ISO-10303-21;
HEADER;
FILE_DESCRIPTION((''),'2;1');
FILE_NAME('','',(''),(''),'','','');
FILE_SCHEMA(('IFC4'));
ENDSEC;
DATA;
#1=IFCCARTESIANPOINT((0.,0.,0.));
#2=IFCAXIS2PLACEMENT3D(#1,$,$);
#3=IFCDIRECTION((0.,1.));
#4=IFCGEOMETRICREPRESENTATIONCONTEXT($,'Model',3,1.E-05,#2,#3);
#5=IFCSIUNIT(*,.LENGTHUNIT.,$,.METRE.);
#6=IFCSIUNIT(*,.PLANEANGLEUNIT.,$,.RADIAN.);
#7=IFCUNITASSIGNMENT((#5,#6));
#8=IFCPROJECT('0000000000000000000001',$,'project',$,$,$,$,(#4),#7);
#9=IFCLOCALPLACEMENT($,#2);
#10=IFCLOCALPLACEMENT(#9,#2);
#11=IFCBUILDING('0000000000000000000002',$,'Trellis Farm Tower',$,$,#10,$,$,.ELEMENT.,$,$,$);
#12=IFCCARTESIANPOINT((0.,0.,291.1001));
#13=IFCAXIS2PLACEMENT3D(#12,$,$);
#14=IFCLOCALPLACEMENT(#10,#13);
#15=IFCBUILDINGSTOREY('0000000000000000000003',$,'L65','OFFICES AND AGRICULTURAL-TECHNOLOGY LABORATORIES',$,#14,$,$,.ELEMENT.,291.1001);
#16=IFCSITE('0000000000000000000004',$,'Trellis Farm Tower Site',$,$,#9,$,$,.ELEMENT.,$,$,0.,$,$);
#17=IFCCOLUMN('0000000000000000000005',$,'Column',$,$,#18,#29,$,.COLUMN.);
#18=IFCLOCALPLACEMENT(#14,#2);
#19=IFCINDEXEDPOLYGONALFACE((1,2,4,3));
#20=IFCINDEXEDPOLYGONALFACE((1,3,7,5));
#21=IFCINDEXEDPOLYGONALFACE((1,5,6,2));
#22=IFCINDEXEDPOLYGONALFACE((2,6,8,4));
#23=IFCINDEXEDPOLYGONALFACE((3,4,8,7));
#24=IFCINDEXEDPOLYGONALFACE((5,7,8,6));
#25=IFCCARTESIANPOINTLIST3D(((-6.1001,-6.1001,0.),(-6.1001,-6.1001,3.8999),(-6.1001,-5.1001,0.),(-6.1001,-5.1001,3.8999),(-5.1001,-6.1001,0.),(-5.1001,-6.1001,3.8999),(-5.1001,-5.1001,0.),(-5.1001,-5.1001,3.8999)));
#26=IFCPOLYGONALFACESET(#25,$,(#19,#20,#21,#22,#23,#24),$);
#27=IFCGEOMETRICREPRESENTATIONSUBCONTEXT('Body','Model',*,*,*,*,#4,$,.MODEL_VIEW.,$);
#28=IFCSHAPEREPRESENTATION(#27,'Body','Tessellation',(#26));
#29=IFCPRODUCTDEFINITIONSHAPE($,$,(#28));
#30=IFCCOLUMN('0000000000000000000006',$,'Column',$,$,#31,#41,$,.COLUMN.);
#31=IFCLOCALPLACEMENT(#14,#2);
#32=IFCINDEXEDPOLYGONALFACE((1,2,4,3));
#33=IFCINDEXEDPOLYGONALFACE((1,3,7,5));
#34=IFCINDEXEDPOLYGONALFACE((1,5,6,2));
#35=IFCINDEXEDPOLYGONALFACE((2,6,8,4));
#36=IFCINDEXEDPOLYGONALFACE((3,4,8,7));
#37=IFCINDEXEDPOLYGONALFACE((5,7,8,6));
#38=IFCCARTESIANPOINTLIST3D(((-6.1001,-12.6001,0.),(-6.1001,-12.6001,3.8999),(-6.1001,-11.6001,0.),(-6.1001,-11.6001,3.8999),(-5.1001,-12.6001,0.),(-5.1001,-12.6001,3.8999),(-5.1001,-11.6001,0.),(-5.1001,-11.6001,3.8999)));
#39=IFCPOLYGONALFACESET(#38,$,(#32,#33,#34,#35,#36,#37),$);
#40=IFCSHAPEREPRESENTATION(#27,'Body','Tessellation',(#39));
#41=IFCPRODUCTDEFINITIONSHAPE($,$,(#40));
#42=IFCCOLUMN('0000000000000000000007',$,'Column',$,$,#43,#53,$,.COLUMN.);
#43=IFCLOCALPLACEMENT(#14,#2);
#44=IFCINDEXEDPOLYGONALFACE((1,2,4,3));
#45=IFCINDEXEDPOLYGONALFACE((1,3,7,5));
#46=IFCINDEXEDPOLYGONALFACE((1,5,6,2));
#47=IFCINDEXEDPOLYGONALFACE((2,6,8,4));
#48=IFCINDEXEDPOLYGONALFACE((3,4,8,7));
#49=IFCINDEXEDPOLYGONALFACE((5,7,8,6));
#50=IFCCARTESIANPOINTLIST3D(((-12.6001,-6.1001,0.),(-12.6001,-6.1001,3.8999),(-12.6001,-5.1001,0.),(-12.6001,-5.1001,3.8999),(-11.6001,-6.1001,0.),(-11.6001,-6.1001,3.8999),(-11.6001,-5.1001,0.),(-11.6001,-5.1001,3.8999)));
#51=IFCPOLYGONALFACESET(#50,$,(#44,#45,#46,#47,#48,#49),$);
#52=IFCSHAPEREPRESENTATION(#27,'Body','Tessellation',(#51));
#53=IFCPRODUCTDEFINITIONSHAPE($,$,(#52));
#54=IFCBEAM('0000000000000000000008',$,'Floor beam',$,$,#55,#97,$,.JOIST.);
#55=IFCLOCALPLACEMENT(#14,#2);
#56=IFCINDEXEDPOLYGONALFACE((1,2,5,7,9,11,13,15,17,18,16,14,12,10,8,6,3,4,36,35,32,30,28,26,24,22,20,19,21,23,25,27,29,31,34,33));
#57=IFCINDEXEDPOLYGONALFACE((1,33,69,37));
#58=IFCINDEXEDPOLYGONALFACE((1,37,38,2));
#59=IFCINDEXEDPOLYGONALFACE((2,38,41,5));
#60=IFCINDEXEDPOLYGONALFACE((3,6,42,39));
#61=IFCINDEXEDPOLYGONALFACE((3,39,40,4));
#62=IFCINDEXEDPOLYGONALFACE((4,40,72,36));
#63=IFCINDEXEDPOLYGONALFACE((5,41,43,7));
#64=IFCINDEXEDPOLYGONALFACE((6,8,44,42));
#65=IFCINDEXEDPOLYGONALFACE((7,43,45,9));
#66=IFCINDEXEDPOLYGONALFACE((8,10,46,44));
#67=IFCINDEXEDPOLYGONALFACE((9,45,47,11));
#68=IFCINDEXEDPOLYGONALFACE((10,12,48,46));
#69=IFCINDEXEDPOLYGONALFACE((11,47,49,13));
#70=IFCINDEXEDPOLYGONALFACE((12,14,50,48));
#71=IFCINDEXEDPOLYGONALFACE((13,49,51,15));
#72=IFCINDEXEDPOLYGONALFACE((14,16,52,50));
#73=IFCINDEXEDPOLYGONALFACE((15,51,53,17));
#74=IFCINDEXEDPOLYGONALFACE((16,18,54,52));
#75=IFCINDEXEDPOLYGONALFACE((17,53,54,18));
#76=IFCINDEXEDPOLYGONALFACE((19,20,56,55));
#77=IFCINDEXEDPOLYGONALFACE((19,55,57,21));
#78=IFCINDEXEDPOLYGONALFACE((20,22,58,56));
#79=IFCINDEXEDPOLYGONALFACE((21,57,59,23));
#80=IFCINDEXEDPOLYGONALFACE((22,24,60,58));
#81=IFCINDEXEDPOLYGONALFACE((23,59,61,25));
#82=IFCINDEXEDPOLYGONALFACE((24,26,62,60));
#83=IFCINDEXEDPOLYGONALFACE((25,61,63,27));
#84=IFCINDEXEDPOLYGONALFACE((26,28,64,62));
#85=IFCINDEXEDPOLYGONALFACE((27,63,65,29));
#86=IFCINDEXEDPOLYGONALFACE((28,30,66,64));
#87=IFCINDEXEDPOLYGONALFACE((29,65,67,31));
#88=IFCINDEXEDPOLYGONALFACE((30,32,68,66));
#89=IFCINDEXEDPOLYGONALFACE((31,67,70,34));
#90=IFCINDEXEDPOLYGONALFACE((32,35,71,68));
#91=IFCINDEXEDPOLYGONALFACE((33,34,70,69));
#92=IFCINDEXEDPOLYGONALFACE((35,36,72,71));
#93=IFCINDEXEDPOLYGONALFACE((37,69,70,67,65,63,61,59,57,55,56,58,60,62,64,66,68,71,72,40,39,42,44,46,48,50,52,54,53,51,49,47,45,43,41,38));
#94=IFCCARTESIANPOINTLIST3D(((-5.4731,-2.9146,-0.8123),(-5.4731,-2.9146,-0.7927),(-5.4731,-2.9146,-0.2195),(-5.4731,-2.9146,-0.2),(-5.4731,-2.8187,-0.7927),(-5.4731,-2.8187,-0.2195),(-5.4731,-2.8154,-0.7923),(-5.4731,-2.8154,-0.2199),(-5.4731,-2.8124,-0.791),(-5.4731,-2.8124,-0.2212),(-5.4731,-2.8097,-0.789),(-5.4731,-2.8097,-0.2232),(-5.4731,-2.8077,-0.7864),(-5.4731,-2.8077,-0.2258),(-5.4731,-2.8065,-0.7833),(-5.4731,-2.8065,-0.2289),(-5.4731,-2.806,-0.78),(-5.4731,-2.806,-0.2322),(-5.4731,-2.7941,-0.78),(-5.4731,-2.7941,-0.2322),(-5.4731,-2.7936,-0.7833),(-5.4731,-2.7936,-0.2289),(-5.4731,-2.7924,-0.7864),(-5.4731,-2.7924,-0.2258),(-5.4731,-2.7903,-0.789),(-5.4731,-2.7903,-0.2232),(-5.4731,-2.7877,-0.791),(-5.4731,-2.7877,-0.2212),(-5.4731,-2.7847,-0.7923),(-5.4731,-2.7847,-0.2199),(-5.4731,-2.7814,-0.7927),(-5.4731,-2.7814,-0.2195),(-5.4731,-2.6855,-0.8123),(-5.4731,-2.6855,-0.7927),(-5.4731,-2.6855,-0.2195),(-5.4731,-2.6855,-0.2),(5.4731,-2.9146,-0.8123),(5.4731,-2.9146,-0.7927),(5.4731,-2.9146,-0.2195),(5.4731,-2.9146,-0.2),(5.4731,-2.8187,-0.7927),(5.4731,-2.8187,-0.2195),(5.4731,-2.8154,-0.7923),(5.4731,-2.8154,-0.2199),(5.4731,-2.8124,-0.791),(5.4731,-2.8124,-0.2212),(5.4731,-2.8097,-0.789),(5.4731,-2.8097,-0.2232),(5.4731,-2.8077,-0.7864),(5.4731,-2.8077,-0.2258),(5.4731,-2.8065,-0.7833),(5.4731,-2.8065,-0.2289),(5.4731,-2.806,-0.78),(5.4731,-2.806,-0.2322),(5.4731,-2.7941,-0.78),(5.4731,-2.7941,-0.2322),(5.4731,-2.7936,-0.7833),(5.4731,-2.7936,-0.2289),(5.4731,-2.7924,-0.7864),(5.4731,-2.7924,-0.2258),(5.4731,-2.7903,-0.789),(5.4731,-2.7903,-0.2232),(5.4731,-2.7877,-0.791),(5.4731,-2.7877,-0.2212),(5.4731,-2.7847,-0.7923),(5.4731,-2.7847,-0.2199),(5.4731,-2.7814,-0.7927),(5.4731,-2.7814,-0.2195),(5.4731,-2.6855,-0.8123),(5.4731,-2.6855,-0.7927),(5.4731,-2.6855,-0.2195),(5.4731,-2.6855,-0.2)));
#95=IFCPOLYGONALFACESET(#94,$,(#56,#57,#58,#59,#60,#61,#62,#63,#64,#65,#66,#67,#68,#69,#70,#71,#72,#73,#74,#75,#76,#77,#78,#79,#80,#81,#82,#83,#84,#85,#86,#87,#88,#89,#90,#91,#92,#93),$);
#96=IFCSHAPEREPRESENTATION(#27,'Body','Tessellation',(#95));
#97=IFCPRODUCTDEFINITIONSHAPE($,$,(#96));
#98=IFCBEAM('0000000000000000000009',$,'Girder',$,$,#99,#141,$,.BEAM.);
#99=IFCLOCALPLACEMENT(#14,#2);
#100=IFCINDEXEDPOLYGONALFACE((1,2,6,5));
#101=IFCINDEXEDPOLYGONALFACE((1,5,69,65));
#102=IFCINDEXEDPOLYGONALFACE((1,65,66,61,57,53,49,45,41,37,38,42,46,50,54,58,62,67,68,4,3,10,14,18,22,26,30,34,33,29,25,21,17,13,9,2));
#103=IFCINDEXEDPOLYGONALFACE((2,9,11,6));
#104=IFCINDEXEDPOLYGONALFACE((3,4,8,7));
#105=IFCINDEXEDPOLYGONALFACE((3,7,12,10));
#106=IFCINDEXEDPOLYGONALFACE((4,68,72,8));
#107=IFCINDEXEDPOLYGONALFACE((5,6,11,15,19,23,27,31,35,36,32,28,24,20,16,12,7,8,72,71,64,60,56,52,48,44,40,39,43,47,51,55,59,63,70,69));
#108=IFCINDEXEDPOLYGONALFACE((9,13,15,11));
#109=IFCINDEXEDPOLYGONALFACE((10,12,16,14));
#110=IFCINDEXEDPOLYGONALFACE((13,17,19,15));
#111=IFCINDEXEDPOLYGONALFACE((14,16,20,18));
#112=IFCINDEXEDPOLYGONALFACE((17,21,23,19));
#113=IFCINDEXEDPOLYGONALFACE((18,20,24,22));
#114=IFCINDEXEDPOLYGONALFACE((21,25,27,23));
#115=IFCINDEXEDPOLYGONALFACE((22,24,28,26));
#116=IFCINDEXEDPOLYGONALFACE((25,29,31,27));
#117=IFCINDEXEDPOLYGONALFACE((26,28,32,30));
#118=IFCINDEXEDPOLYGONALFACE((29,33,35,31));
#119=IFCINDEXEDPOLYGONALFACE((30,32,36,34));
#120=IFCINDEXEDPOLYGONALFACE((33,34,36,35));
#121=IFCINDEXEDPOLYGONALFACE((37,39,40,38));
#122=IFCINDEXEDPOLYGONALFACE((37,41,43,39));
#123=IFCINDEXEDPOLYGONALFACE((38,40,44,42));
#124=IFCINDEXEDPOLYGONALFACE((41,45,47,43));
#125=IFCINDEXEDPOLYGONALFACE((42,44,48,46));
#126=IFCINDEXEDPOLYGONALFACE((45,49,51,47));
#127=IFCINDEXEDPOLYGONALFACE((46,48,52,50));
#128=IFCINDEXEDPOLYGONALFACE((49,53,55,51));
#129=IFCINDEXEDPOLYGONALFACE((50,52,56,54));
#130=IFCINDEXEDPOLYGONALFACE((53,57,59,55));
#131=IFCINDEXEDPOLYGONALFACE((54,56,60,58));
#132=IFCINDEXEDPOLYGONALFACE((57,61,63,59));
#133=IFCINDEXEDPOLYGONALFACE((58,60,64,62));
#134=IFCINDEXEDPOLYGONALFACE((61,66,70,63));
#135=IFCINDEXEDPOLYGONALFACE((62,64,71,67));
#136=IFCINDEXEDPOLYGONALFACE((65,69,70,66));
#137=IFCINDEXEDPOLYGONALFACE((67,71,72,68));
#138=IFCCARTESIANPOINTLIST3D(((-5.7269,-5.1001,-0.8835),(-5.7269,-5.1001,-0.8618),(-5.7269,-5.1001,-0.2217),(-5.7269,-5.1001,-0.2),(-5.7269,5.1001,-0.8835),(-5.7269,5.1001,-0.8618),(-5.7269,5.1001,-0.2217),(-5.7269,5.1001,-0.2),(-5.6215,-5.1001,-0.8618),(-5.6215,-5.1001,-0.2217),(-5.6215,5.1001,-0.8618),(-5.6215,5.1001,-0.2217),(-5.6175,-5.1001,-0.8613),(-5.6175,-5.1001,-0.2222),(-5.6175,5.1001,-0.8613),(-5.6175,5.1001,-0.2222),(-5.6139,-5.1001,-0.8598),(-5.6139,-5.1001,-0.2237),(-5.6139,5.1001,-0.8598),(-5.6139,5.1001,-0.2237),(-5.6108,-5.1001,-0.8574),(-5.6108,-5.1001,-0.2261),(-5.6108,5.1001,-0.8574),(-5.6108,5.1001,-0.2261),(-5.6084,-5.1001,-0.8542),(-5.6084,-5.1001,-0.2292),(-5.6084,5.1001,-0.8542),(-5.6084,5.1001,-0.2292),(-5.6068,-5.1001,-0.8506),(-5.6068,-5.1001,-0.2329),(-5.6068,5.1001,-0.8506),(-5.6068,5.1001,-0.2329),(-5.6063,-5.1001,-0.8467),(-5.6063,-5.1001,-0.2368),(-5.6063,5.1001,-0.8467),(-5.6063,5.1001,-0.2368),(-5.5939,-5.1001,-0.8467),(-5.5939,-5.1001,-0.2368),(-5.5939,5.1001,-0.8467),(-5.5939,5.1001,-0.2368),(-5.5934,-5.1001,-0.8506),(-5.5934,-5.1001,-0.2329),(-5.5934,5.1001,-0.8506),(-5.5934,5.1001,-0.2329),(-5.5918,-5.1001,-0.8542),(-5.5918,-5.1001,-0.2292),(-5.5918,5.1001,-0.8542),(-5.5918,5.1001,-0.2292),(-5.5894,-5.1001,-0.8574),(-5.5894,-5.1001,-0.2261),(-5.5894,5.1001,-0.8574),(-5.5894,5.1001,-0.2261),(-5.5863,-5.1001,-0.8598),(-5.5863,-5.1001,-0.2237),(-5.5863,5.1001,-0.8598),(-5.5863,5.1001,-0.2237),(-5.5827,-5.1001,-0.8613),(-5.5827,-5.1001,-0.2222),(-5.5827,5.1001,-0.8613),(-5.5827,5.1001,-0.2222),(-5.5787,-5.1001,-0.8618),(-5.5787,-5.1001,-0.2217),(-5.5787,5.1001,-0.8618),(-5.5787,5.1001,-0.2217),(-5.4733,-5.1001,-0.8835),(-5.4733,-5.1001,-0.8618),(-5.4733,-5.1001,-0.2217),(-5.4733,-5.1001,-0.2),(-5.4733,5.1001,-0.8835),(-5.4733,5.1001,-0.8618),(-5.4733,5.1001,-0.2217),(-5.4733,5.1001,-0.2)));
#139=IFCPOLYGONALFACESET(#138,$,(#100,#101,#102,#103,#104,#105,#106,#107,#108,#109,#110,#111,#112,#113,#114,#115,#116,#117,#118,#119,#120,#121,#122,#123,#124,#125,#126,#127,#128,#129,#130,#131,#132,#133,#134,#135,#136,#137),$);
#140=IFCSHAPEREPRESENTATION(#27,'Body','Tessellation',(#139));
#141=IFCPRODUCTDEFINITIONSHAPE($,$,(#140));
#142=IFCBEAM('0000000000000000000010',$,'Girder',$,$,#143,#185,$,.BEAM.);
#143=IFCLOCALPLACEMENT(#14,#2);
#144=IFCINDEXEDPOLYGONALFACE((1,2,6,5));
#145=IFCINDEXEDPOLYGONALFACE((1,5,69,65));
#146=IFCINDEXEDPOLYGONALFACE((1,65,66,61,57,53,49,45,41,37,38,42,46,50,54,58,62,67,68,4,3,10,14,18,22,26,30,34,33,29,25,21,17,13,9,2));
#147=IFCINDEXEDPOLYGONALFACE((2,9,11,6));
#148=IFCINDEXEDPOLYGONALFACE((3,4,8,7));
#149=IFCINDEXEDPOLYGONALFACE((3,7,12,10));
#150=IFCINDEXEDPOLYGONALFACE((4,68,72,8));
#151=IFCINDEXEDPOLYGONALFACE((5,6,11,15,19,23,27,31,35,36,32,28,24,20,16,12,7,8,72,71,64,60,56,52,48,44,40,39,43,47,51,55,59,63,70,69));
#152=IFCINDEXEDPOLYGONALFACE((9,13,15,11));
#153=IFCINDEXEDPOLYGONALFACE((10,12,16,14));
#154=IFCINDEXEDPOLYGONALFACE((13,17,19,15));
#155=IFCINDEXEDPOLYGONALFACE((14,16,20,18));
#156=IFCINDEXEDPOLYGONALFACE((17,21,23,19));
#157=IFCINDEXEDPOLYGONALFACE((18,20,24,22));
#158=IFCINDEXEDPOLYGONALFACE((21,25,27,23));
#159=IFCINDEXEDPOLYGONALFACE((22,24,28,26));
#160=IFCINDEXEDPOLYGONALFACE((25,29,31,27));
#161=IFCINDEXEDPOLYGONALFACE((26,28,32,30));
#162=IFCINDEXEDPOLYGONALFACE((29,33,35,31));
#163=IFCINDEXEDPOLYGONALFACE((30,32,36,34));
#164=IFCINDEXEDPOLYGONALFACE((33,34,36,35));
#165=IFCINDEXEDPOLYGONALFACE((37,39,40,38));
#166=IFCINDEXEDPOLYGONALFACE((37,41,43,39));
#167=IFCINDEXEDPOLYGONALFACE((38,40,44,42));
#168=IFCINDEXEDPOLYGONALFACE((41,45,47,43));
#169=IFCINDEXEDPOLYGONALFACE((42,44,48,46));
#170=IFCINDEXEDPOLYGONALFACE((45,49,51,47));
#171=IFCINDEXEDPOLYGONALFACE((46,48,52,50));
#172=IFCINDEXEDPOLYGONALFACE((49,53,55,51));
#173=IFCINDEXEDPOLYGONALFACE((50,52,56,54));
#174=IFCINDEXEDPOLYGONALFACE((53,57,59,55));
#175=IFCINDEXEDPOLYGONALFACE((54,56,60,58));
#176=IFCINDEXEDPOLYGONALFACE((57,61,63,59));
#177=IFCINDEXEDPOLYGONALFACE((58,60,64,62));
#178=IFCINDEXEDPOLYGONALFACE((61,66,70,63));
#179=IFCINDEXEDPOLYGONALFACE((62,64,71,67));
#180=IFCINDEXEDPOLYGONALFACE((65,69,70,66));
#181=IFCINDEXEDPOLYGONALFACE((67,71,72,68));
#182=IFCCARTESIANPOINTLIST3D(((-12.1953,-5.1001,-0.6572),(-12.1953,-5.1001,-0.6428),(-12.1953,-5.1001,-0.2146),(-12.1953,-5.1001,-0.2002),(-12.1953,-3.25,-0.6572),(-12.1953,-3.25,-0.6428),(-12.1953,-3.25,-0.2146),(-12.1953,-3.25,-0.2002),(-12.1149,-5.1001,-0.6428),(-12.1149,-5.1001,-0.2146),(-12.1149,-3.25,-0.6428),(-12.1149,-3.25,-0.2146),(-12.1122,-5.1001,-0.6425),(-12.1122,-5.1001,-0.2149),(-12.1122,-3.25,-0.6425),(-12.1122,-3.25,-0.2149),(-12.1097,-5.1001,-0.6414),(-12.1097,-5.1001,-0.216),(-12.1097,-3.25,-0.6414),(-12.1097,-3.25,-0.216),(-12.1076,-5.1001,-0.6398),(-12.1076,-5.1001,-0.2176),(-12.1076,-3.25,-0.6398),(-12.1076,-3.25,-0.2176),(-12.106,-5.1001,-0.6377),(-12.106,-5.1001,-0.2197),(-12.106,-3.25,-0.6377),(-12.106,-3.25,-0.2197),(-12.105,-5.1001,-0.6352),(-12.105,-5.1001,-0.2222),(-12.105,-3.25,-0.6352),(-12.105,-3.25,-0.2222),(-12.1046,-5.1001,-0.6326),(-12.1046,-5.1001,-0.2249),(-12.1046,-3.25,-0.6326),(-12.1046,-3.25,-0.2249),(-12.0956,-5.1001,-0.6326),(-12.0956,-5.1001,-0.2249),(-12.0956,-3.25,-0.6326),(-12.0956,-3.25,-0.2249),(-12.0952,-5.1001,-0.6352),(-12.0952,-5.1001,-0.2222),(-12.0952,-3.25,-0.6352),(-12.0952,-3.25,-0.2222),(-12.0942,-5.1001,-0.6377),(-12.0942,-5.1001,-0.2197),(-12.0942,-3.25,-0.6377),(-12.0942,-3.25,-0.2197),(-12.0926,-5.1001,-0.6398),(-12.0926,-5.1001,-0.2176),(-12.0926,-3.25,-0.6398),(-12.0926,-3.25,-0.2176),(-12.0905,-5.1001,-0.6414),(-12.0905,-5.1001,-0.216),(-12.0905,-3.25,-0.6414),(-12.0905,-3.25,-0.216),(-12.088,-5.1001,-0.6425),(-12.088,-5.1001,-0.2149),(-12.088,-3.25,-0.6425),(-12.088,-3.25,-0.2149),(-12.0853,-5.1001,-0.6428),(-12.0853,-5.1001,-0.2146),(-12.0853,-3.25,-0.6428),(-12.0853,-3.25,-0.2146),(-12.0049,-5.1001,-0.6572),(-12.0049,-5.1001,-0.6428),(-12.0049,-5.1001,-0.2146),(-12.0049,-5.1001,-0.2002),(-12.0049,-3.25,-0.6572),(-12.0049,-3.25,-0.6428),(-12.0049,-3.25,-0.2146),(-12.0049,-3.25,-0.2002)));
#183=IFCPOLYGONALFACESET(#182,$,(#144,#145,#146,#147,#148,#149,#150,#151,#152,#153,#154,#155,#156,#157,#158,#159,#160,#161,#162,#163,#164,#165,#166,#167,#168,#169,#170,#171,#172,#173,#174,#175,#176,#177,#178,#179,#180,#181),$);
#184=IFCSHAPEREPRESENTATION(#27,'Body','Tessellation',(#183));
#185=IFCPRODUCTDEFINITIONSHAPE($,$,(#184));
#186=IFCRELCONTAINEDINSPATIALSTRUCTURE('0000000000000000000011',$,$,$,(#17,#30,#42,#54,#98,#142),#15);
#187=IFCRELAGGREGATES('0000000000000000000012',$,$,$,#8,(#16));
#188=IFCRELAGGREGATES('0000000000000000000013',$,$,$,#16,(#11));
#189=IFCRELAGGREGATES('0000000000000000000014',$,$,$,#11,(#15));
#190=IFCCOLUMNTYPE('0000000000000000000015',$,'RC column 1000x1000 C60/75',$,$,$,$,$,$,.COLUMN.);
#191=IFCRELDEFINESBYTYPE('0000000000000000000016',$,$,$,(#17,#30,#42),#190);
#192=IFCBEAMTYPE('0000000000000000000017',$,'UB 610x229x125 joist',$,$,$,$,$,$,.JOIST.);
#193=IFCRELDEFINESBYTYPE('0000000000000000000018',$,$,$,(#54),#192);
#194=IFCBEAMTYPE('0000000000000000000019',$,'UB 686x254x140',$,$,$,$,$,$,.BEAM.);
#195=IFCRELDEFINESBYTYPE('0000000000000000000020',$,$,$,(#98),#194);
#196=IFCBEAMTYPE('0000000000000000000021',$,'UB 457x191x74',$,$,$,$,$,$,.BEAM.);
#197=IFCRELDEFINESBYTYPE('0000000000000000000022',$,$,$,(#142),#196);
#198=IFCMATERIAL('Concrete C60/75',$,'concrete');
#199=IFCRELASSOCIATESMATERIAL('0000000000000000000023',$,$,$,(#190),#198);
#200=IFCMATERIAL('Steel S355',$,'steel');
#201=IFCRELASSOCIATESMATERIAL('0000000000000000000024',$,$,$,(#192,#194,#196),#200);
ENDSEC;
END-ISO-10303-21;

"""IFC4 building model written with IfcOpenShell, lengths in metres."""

from ifc_helpers import new_model, si_unit, direction, frame, origin, origin_2d, place, context, subcontext, project, spatial, rectangle, i_section, extrude, source, transform, mapped, material, material_profile, profile_set, type_object, element, save


model = new_model("IFC4")

# Units and contexts
model_context = context("Model", 3, precision=1e-05, world=origin(), true_north=direction((0.0, 1.0)))
body_context = subcontext(model_context, "Body", "Model", "MODEL_VIEW")
ifc_project = project(units=[si_unit("LENGTHUNIT", "METRE"), si_unit("PLANEANGLEUNIT", "RADIAN")], contexts=[model_context])

# Site, building, storey
site_placement = place(None, origin())
site = spatial("IfcSite", under=ifc_project, at=site_placement, Name="Trellis Farm Tower Site", CompositionType="ELEMENT", RefElevation=0.0)
building_placement = place(site_placement, origin())
building = spatial("IfcBuilding", under=site, at=building_placement, Name="Trellis Farm Tower", CompositionType="ELEMENT")
storey_placement = place(building_placement, frame((0.0, 0.0, 291.1001)))
storey = spatial("IfcBuildingStorey", under=building, at=storey_placement, Name="L65", Description="OFFICES AND AGRICULTURAL-TECHNOLOGY LABORATORIES", CompositionType="ELEMENT", Elevation=291.1001)

# Columns
ifc_material_1 = material(Name="Concrete C60/75", Category="concrete")
ifc_material_profile_1 = material_profile(ifc_material_1, rectangle(XDim=1.0, YDim=1.0, at=origin_2d()), Name="RC column 1000x1000 C60/75")
ifc_profile_set_1 = profile_set([ifc_material_profile_1], Name="Concrete C60/75")
column_type = type_object("IfcColumnType", Name="RC column 1000x1000 C60/75", PredefinedType="COLUMN", material=ifc_profile_set_1)
shared_shape_1 = source(origin(), body_context, "Body", "SweptSolid", [
    extrude(rectangle(XDim=1.0, YDim=1.0, at=origin_2d()), origin(), (0.0, 0.0, 1.0), 3.8999),
])
for number, where, z_axis, x_axis, name in (
    (1, (-5.6001, -5.6001, 0.0), (0.0, 0.0, 1.0), (1.0, 0.0, 0.0), "Column"),
    (2, (-5.6001, -12.1001, 0.0), (0.0, 0.0, 1.0), (1.0, 0.0, 0.0), "Column"),
    (3, (-12.1001, -5.6001, 0.0), (0.0, 0.0, 1.0), (1.0, 0.0, 0.0), "Column"),
):
    element("IfcColumn", number, at=place(storey_placement, frame(where, z_axis=z_axis, x_axis=x_axis)), inside=storey, type_object=column_type, Name=name, PredefinedType="COLUMN", context=body_context, shape_type="MappedRepresentation", body=[
        mapped(shared_shape_1, transform((0.0, 0.0, 0.0))),
    ])

# Beams
ifc_material_2 = material(Name="Steel S355", Category="steel")
ifc_material_profile_2 = material_profile(ifc_material_2, i_section(OverallWidth=0.229, OverallDepth=0.6123, WebThickness=0.012, FlangeThickness=0.0195, FilletRadius=0.0127, at=origin_2d()), Name="UB 610x229x125")
ifc_profile_set_2 = profile_set([ifc_material_profile_2], Name="Steel S355")
beam_type_1 = type_object("IfcBeamType", Name="UB 610x229x125 joist", PredefinedType="JOIST", material=ifc_profile_set_2)
shared_shape_2 = source(origin(), body_context, "Body", "SweptSolid", [
    extrude(i_section(OverallWidth=0.229, OverallDepth=0.6123, WebThickness=0.012, FlangeThickness=0.0195, FilletRadius=0.0127, at=origin_2d()), origin(), (0.0, 0.0, 1.0), 10.9463),
])
beam_1_placement = place(storey_placement, frame((-5.4731, -2.8, -0.5061), z_axis=(1.0, 0.0, 0.0), x_axis=(0.0, 1.0, 0.0)))
element("IfcBeam", 4, at=beam_1_placement, inside=storey, type_object=beam_type_1, Name="Floor beam", PredefinedType="JOIST", context=body_context, shape_type="MappedRepresentation", body=[
    mapped(shared_shape_2, transform((0.0, 0.0, 0.0))),
])
ifc_material_profile_3 = material_profile(ifc_material_2, i_section(OverallWidth=0.2537, OverallDepth=0.6836, WebThickness=0.0125, FlangeThickness=0.0217, FilletRadius=0.0151, at=origin_2d()), Name="UB 686x254x140")
ifc_profile_set_3 = profile_set([ifc_material_profile_3], Name="Steel S355")
beam_type_2 = type_object("IfcBeamType", Name="UB 686x254x140", PredefinedType="BEAM", material=ifc_profile_set_3)
shared_shape_3 = source(origin(), body_context, "Body", "SweptSolid", [
    extrude(i_section(OverallWidth=0.2537, OverallDepth=0.6836, WebThickness=0.0125, FlangeThickness=0.0217, FilletRadius=0.0151, at=origin_2d()), origin(), (0.0, 0.0, 1.0), 10.2002),
])
beam_2_placement = place(storey_placement, frame((-5.6001, -5.1001, -0.5417), z_axis=(0.0, 1.0, 0.0), x_axis=(-1.0, 0.0, 0.0)))
element("IfcBeam", 5, at=beam_2_placement, inside=storey, type_object=beam_type_2, Name="Girder", PredefinedType="BEAM", context=body_context, shape_type="MappedRepresentation", body=[
    mapped(shared_shape_3, transform((0.0, 0.0, 0.0))),
])
ifc_material_profile_4 = material_profile(ifc_material_2, i_section(OverallWidth=0.1904, OverallDepth=0.457, WebThickness=0.009, FlangeThickness=0.0144, FilletRadius=0.0103, at=origin_2d()), Name="UB 457x191x74")
ifc_profile_set_4 = profile_set([ifc_material_profile_4], Name="Steel S355")
beam_type_3 = type_object("IfcBeamType", Name="UB 457x191x74", PredefinedType="BEAM", material=ifc_profile_set_4)
shared_shape_4 = source(origin(), body_context, "Body", "SweptSolid", [
    extrude(i_section(OverallWidth=0.1904, OverallDepth=0.457, WebThickness=0.009, FlangeThickness=0.0144, FilletRadius=0.0103, at=origin_2d()), origin(), (0.0, 0.0, 1.0), 1.8501),
])
beam_3_placement = place(storey_placement, frame((-12.1001, -5.1001, -0.4287), z_axis=(0.0, 1.0, 0.0), x_axis=(-1.0, 0.0, 0.0)))
element("IfcBeam", 6, at=beam_3_placement, inside=storey, type_object=beam_type_3, Name="Girder", PredefinedType="BEAM", context=body_context, shape_type="MappedRepresentation", body=[
    mapped(shared_shape_4, transform((0.0, 0.0, 0.0))),
])

save(model, "model.ifc")
